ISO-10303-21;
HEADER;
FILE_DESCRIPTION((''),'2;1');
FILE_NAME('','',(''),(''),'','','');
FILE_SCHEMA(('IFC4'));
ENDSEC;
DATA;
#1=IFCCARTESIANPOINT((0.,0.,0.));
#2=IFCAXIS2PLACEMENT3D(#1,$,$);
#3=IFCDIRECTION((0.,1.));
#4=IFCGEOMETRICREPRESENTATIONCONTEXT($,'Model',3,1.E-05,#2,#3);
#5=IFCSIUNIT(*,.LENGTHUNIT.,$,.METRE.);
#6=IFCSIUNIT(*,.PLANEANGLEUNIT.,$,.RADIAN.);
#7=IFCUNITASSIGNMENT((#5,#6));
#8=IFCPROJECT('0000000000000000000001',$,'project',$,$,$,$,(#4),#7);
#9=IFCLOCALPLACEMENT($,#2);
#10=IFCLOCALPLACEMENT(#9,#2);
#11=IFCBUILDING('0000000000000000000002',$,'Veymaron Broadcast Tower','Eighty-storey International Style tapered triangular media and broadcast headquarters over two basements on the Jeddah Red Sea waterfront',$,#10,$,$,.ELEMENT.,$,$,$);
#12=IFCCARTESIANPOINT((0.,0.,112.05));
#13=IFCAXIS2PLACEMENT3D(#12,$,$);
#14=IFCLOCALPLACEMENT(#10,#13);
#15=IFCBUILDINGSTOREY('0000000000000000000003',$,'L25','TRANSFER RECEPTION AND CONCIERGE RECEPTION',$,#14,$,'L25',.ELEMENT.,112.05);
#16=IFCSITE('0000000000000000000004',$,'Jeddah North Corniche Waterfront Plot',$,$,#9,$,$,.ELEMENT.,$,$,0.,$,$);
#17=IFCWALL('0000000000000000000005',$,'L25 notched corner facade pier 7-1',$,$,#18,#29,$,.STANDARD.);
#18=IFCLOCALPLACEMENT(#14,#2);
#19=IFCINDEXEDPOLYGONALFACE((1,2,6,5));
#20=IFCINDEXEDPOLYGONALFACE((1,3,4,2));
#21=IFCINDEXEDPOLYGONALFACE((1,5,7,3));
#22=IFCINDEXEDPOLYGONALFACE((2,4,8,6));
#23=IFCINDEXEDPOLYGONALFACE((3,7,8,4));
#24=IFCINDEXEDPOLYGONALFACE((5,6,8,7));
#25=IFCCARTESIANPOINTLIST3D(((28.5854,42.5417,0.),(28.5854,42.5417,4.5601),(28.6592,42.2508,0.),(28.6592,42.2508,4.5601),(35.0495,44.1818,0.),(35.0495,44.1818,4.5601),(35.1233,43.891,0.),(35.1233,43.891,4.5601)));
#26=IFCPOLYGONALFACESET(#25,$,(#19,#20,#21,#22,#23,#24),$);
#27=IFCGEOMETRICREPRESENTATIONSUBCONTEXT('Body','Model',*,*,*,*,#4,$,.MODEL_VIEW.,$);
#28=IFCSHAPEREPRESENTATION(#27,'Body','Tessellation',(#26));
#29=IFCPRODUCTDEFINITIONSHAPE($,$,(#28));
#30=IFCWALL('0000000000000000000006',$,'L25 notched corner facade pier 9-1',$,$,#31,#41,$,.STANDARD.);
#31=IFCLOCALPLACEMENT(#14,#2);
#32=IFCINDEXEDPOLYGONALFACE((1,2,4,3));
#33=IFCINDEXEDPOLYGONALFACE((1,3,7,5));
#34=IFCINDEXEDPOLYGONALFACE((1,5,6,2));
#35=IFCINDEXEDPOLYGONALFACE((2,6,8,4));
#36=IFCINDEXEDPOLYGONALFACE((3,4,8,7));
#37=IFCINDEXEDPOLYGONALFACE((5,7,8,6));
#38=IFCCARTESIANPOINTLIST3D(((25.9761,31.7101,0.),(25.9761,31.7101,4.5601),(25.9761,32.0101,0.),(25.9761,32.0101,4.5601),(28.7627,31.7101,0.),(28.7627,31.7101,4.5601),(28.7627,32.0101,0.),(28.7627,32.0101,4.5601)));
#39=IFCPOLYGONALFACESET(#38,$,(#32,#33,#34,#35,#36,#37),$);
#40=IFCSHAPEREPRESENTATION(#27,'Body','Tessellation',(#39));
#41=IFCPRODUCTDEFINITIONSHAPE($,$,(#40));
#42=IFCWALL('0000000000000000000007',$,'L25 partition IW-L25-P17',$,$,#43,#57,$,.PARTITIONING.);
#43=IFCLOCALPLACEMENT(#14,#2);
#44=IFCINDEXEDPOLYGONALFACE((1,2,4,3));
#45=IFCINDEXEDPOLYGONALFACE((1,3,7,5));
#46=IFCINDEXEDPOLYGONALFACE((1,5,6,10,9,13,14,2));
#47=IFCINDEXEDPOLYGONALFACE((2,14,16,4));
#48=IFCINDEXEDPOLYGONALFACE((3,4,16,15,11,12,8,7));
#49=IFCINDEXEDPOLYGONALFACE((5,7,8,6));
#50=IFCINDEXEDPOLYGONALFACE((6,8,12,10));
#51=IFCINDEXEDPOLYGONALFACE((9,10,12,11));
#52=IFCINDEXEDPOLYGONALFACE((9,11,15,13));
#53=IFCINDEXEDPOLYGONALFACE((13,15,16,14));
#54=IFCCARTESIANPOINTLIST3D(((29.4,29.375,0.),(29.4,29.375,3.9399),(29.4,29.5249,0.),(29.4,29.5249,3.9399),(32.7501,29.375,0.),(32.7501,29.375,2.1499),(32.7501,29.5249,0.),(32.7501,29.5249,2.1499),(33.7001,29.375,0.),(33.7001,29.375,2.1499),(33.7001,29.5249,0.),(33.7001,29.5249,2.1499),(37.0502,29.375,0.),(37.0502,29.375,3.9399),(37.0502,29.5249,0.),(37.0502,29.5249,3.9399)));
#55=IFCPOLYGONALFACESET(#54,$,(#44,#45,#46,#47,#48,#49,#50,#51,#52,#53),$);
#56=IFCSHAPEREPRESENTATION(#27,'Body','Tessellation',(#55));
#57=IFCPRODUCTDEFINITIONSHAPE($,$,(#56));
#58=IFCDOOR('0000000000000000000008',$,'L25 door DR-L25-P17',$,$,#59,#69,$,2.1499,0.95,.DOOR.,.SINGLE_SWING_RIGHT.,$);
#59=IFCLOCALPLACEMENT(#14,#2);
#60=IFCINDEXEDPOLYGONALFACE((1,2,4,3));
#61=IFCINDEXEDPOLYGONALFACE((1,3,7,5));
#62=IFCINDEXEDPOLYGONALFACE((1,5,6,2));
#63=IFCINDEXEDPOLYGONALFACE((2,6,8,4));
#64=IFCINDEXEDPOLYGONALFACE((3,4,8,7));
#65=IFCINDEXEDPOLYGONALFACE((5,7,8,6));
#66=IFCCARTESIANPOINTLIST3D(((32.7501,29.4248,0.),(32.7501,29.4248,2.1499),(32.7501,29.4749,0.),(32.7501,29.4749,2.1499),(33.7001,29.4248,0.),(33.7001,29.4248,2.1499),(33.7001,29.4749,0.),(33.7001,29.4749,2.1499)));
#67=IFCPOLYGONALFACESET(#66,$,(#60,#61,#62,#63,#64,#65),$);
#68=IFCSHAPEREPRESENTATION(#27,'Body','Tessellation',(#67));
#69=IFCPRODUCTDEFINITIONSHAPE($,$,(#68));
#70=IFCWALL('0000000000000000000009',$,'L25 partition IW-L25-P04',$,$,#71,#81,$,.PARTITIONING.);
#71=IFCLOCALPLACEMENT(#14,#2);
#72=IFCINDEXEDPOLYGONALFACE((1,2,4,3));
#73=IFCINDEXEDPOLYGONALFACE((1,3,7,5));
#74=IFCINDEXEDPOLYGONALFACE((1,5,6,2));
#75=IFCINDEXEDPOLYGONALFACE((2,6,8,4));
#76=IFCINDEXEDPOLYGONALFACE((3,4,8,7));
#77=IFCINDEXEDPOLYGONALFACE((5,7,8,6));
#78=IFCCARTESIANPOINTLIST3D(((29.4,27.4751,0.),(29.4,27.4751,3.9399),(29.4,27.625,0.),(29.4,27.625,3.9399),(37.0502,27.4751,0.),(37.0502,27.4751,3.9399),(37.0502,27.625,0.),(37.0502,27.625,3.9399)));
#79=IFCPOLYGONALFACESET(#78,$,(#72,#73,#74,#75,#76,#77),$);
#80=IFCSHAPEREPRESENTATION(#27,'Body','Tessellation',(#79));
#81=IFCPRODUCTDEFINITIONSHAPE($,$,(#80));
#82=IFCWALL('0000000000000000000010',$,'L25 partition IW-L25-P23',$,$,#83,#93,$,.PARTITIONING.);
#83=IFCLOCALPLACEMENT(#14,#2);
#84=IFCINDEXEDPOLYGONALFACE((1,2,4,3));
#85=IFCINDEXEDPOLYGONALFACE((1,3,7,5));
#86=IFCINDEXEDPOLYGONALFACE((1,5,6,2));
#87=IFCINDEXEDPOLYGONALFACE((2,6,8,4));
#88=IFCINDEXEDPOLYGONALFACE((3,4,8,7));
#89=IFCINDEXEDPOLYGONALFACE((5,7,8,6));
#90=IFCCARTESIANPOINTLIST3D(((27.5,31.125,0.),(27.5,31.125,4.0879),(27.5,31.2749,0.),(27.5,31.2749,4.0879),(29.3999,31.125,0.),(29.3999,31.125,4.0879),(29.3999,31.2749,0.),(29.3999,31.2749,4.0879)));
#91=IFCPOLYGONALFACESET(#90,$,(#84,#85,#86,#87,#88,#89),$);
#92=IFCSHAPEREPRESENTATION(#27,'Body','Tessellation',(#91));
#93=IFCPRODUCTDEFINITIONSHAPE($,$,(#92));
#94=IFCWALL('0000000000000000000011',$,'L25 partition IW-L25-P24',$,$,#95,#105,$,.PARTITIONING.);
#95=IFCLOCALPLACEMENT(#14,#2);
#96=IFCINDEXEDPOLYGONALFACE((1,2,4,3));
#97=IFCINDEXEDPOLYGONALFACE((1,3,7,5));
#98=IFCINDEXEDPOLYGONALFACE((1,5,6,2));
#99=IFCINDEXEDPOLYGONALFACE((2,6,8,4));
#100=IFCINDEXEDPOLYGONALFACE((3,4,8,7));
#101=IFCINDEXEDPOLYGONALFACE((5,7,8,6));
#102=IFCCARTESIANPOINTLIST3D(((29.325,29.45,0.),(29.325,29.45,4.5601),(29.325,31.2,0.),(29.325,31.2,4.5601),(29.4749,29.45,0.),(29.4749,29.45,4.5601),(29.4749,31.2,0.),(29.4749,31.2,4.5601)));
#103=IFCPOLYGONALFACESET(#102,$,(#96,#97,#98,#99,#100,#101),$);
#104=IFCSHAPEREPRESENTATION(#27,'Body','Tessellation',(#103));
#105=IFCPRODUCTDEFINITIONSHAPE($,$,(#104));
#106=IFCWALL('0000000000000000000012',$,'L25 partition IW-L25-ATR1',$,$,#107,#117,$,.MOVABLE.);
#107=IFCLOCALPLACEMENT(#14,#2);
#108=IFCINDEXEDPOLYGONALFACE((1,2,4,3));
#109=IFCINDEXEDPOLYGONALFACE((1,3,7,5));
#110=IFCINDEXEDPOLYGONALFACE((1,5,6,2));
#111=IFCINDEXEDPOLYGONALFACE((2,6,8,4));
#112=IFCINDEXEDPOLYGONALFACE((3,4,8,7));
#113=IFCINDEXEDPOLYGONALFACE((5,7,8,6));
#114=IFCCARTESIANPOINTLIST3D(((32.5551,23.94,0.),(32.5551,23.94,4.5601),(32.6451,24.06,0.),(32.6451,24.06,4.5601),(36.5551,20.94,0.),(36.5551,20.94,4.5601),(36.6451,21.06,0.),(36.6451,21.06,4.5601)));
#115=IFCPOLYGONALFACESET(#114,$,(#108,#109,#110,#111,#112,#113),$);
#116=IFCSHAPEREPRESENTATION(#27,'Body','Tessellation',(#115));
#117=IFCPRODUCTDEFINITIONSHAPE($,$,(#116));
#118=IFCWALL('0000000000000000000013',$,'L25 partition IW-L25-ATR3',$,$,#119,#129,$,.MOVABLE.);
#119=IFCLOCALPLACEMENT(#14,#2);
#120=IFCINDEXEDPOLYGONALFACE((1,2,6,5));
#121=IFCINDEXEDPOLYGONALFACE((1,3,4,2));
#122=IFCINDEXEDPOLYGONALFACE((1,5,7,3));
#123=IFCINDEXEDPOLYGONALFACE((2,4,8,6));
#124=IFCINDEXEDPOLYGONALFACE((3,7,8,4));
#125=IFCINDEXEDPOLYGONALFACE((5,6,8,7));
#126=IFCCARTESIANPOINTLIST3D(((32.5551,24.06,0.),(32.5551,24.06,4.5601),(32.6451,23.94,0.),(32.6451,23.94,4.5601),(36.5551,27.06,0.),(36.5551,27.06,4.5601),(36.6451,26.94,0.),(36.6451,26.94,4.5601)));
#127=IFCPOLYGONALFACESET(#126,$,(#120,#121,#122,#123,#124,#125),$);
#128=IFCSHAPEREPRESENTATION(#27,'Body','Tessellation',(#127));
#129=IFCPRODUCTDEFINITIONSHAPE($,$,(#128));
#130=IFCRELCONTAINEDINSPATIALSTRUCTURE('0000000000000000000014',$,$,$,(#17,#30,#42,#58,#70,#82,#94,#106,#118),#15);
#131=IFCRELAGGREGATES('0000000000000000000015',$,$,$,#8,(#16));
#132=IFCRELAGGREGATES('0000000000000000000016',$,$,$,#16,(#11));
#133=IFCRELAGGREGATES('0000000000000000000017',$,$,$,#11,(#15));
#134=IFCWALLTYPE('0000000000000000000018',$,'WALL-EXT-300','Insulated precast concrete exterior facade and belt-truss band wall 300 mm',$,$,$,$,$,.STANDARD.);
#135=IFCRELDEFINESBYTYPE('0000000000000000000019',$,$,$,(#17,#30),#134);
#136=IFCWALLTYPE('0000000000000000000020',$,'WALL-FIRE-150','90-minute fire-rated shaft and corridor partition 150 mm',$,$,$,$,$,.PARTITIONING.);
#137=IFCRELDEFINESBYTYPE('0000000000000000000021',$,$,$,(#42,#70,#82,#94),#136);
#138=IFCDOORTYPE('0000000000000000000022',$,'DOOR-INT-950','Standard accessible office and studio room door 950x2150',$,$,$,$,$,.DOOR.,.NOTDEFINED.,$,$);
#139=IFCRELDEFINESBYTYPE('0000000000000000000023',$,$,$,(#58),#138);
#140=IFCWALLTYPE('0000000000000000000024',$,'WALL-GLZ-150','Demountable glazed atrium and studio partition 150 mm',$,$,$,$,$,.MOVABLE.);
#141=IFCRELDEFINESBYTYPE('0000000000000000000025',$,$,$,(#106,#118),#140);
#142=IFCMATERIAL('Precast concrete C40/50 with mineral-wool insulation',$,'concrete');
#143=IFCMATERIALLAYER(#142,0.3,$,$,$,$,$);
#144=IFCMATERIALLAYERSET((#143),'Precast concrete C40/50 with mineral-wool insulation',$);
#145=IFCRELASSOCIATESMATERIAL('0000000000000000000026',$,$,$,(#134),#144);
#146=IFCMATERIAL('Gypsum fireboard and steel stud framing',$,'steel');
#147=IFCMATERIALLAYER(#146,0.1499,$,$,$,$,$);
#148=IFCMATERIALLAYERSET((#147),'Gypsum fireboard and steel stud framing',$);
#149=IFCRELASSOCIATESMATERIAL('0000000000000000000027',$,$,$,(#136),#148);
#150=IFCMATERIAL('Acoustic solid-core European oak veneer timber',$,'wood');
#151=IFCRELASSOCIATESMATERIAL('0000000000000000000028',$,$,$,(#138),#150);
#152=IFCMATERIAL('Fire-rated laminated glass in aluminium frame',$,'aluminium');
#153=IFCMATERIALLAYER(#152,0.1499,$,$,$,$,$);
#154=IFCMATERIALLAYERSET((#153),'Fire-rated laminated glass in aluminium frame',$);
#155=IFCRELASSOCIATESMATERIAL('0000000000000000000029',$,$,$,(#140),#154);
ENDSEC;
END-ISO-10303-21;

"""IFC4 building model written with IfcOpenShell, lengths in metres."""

from ifc_helpers import new_model, si_unit, direction, frame, frame_2d, origin, place, context, subcontext, project, spatial, rectangle, extrude, material, layer, layer_set, type_object, element, fill, save


model = new_model("IFC4")

# Units and contexts
model_context = context("Model", 3, precision=1e-05, world=origin(), true_north=direction((0.0, 1.0)))
body_context = subcontext(model_context, "Body", "Model", "MODEL_VIEW")
ifc_project = project(units=[si_unit("LENGTHUNIT", "METRE"), si_unit("PLANEANGLEUNIT", "RADIAN")], contexts=[model_context])

# Site, building, storey
site_placement = place(None, origin())
site = spatial("IfcSite", under=ifc_project, at=site_placement, Name="Jeddah North Corniche Waterfront Plot", CompositionType="ELEMENT", RefElevation=0.0)
building_placement = place(site_placement, origin())
building = spatial("IfcBuilding", under=site, at=building_placement, Name="Veymaron Broadcast Tower", Description="Eighty-storey International Style tapered triangular media and broadcast headquarters over two basements on the Jeddah Red Sea waterfront", CompositionType="ELEMENT")
storey_placement = place(building_placement, frame((0.0, 0.0, 112.05)))
storey = spatial("IfcBuildingStorey", under=building, at=storey_placement, Name="L25", Description="TRANSFER RECEPTION AND CONCIERGE RECEPTION", LongName="L25", CompositionType="ELEMENT", Elevation=112.05)

# Walls
ifc_material_1 = material(Name="Precast concrete C40/50 with mineral-wool insulation", Category="concrete")
ifc_layer_1 = layer(ifc_material_1, 0.3)
ifc_layer_set_1 = layer_set([ifc_layer_1], Name="Precast concrete C40/50 with mineral-wool insulation")
wall_type_1 = type_object("IfcWallType", Name="WALL-EXT-300", Description="Insulated precast concrete exterior facade and belt-truss band wall 300 mm", PredefinedType="STANDARD", material=ifc_layer_set_1)
wall_1_placement = place(storey_placement, frame((35.0864, 44.0364, 0.0), z_axis=(0.0, 0.0, 1.0), x_axis=(-0.969286, -0.245937, 0.0)))
element("IfcWall", 1, at=wall_1_placement, inside=storey, type_object=wall_type_1, Name="L25 notched corner facade pier 7-1", PredefinedType="STANDARD", context=body_context, shape_type="SweptSolid", body=[
    extrude(rectangle(XDim=6.6689, YDim=0.3, at=frame_2d((3.3345, 0.0))), origin(), (0.0, 0.0, 1.0), 4.5601),
])
wall_2_placement = place(storey_placement, frame((28.7627, 31.8601, 0.0), z_axis=(0.0, 0.0, 1.0), x_axis=(-1.0, 0.0, 0.0)))
element("IfcWall", 2, at=wall_2_placement, inside=storey, type_object=wall_type_1, Name="L25 notched corner facade pier 9-1", PredefinedType="STANDARD", context=body_context, shape_type="SweptSolid", body=[
    extrude(rectangle(XDim=2.7866, YDim=0.3, at=frame_2d((1.3933, 0.0))), origin(), (0.0, 0.0, 1.0), 4.5601),
])

# Wall, opening, door
ifc_material_2 = material(Name="Gypsum fireboard and steel stud framing", Category="steel")
ifc_layer_2 = layer(ifc_material_2, 0.1499)
ifc_layer_set_2 = layer_set([ifc_layer_2], Name="Gypsum fireboard and steel stud framing")
wall_type_2 = type_object("IfcWallType", Name="WALL-FIRE-150", Description="90-minute fire-rated shaft and corridor partition 150 mm", PredefinedType="PARTITIONING", material=ifc_layer_set_2)
wall_3_placement = place(storey_placement, frame((29.3999, 29.45, 0.0), z_axis=(0.0, 0.0, 1.0), x_axis=(1.0, 0.0, 0.0)))
wall_3 = element("IfcWall", 3, at=wall_3_placement, inside=storey, type_object=wall_type_2, Name="L25 partition IW-L25-P17", PredefinedType="PARTITIONING", context=body_context, shape_type="SweptSolid", body=[
    extrude(rectangle(XDim=7.6501, YDim=0.1499, at=frame_2d((3.8252, 0.0))), origin(), (0.0, 0.0, 1.0), 3.9399),
])
opening_placement = place(wall_3_placement, frame((3.3501, 0.0, 0.0)))
opening = element("IfcOpeningElement", 4, at=opening_placement, cuts=wall_3, PredefinedType="OPENING", context=body_context, shape_type="SweptSolid", body=[
    extrude(rectangle(XDim=0.95, YDim=2.1499, at=frame_2d((0.4751, 1.075))), frame((0.0, 0.085, 0.0), z_axis=(0.0, -1.0, 0.0), x_axis=(1.0, 0.0, 0.0)), (0.0, 0.0, 1.0), 0.1699),
])
ifc_material_3 = material(Name="Acoustic solid-core European oak veneer timber", Category="wood")
door_type = type_object("IfcDoorType", Name="DOOR-INT-950", Description="Standard accessible office and studio room door 950x2150", OperationType="NOTDEFINED", PredefinedType="DOOR", material=ifc_material_3)
door_placement = place(opening_placement, origin())
door = element("IfcDoor", 5, at=door_placement, inside=storey, type_object=door_type, Name="L25 door DR-L25-P17", OperationType="SINGLE_SWING_RIGHT", OverallHeight=2.1499, OverallWidth=0.95, PredefinedType="DOOR", context=body_context, shape_type="SweptSolid", body=[
    extrude(rectangle(XDim=0.95, YDim=2.1499, at=frame_2d((0.4751, 1.075))), frame((0.0, 0.0249, 0.0), z_axis=(0.0, -1.0, 0.0), x_axis=(1.0, 0.0, 0.0)), (0.0, 0.0, 1.0), 0.05),
])
fill(opening, door)

# Walls
wall_4_placement = place(storey_placement, frame((29.3999, 27.55, 0.0), z_axis=(0.0, 0.0, 1.0), x_axis=(1.0, 0.0, 0.0)))
element("IfcWall", 6, at=wall_4_placement, inside=storey, type_object=wall_type_2, Name="L25 partition IW-L25-P04", PredefinedType="PARTITIONING", context=body_context, shape_type="SweptSolid", body=[
    extrude(rectangle(XDim=7.6501, YDim=0.1499, at=frame_2d((3.8252, 0.0))), origin(), (0.0, 0.0, 1.0), 3.9399),
])
wall_5_placement = place(storey_placement, frame((27.5, 31.2, 0.0), z_axis=(0.0, 0.0, 1.0), x_axis=(1.0, 0.0, 0.0)))
element("IfcWall", 7, at=wall_5_placement, inside=storey, type_object=wall_type_2, Name="L25 partition IW-L25-P23", PredefinedType="PARTITIONING", context=body_context, shape_type="SweptSolid", body=[
    extrude(rectangle(XDim=1.8999, YDim=0.1499, at=frame_2d((0.95, 0.0))), origin(), (0.0, 0.0, 1.0), 4.0879),
])
wall_6_placement = place(storey_placement, frame((29.3999, 29.45, 0.0), z_axis=(0.0, 0.0, 1.0), x_axis=(0.0, 1.0, 0.0)))
element("IfcWall", 8, at=wall_6_placement, inside=storey, type_object=wall_type_2, Name="L25 partition IW-L25-P24", PredefinedType="PARTITIONING", context=body_context, shape_type="SweptSolid", body=[
    extrude(rectangle(XDim=1.75, YDim=0.1499, at=frame_2d((0.875, 0.0))), origin(), (0.0, 0.0, 1.0), 4.5601),
])
ifc_material_4 = material(Name="Fire-rated laminated glass in aluminium frame", Category="aluminium")
ifc_layer_3 = layer(ifc_material_4, 0.1499)
ifc_layer_set_3 = layer_set([ifc_layer_3], Name="Fire-rated laminated glass in aluminium frame")
wall_type_3 = type_object("IfcWallType", Name="WALL-GLZ-150", Description="Demountable glazed atrium and studio partition 150 mm", PredefinedType="MOVABLE", material=ifc_layer_set_3)
for number, where, z_axis, x_axis, name in (
    (9, (32.6001, 24.0, 0.0), (0.0, 0.0, 1.0), (0.8, -0.6, 0.0), "L25 partition IW-L25-ATR1"),
    (10, (36.6001, 27.0, 0.0), (0.0, 0.0, 1.0), (-0.8, -0.6, 0.0), "L25 partition IW-L25-ATR3"),
):
    element("IfcWall", number, at=place(storey_placement, frame(where, z_axis=z_axis, x_axis=x_axis)), inside=storey, type_object=wall_type_3, Name=name, PredefinedType="MOVABLE", context=body_context, shape_type="SweptSolid", body=[
        extrude(rectangle(XDim=5.0, YDim=0.1499, at=frame_2d((2.5, 0.0))), origin(), (0.0, 0.0, 1.0), 4.5601),
    ])

save(model, "model.ifc")
